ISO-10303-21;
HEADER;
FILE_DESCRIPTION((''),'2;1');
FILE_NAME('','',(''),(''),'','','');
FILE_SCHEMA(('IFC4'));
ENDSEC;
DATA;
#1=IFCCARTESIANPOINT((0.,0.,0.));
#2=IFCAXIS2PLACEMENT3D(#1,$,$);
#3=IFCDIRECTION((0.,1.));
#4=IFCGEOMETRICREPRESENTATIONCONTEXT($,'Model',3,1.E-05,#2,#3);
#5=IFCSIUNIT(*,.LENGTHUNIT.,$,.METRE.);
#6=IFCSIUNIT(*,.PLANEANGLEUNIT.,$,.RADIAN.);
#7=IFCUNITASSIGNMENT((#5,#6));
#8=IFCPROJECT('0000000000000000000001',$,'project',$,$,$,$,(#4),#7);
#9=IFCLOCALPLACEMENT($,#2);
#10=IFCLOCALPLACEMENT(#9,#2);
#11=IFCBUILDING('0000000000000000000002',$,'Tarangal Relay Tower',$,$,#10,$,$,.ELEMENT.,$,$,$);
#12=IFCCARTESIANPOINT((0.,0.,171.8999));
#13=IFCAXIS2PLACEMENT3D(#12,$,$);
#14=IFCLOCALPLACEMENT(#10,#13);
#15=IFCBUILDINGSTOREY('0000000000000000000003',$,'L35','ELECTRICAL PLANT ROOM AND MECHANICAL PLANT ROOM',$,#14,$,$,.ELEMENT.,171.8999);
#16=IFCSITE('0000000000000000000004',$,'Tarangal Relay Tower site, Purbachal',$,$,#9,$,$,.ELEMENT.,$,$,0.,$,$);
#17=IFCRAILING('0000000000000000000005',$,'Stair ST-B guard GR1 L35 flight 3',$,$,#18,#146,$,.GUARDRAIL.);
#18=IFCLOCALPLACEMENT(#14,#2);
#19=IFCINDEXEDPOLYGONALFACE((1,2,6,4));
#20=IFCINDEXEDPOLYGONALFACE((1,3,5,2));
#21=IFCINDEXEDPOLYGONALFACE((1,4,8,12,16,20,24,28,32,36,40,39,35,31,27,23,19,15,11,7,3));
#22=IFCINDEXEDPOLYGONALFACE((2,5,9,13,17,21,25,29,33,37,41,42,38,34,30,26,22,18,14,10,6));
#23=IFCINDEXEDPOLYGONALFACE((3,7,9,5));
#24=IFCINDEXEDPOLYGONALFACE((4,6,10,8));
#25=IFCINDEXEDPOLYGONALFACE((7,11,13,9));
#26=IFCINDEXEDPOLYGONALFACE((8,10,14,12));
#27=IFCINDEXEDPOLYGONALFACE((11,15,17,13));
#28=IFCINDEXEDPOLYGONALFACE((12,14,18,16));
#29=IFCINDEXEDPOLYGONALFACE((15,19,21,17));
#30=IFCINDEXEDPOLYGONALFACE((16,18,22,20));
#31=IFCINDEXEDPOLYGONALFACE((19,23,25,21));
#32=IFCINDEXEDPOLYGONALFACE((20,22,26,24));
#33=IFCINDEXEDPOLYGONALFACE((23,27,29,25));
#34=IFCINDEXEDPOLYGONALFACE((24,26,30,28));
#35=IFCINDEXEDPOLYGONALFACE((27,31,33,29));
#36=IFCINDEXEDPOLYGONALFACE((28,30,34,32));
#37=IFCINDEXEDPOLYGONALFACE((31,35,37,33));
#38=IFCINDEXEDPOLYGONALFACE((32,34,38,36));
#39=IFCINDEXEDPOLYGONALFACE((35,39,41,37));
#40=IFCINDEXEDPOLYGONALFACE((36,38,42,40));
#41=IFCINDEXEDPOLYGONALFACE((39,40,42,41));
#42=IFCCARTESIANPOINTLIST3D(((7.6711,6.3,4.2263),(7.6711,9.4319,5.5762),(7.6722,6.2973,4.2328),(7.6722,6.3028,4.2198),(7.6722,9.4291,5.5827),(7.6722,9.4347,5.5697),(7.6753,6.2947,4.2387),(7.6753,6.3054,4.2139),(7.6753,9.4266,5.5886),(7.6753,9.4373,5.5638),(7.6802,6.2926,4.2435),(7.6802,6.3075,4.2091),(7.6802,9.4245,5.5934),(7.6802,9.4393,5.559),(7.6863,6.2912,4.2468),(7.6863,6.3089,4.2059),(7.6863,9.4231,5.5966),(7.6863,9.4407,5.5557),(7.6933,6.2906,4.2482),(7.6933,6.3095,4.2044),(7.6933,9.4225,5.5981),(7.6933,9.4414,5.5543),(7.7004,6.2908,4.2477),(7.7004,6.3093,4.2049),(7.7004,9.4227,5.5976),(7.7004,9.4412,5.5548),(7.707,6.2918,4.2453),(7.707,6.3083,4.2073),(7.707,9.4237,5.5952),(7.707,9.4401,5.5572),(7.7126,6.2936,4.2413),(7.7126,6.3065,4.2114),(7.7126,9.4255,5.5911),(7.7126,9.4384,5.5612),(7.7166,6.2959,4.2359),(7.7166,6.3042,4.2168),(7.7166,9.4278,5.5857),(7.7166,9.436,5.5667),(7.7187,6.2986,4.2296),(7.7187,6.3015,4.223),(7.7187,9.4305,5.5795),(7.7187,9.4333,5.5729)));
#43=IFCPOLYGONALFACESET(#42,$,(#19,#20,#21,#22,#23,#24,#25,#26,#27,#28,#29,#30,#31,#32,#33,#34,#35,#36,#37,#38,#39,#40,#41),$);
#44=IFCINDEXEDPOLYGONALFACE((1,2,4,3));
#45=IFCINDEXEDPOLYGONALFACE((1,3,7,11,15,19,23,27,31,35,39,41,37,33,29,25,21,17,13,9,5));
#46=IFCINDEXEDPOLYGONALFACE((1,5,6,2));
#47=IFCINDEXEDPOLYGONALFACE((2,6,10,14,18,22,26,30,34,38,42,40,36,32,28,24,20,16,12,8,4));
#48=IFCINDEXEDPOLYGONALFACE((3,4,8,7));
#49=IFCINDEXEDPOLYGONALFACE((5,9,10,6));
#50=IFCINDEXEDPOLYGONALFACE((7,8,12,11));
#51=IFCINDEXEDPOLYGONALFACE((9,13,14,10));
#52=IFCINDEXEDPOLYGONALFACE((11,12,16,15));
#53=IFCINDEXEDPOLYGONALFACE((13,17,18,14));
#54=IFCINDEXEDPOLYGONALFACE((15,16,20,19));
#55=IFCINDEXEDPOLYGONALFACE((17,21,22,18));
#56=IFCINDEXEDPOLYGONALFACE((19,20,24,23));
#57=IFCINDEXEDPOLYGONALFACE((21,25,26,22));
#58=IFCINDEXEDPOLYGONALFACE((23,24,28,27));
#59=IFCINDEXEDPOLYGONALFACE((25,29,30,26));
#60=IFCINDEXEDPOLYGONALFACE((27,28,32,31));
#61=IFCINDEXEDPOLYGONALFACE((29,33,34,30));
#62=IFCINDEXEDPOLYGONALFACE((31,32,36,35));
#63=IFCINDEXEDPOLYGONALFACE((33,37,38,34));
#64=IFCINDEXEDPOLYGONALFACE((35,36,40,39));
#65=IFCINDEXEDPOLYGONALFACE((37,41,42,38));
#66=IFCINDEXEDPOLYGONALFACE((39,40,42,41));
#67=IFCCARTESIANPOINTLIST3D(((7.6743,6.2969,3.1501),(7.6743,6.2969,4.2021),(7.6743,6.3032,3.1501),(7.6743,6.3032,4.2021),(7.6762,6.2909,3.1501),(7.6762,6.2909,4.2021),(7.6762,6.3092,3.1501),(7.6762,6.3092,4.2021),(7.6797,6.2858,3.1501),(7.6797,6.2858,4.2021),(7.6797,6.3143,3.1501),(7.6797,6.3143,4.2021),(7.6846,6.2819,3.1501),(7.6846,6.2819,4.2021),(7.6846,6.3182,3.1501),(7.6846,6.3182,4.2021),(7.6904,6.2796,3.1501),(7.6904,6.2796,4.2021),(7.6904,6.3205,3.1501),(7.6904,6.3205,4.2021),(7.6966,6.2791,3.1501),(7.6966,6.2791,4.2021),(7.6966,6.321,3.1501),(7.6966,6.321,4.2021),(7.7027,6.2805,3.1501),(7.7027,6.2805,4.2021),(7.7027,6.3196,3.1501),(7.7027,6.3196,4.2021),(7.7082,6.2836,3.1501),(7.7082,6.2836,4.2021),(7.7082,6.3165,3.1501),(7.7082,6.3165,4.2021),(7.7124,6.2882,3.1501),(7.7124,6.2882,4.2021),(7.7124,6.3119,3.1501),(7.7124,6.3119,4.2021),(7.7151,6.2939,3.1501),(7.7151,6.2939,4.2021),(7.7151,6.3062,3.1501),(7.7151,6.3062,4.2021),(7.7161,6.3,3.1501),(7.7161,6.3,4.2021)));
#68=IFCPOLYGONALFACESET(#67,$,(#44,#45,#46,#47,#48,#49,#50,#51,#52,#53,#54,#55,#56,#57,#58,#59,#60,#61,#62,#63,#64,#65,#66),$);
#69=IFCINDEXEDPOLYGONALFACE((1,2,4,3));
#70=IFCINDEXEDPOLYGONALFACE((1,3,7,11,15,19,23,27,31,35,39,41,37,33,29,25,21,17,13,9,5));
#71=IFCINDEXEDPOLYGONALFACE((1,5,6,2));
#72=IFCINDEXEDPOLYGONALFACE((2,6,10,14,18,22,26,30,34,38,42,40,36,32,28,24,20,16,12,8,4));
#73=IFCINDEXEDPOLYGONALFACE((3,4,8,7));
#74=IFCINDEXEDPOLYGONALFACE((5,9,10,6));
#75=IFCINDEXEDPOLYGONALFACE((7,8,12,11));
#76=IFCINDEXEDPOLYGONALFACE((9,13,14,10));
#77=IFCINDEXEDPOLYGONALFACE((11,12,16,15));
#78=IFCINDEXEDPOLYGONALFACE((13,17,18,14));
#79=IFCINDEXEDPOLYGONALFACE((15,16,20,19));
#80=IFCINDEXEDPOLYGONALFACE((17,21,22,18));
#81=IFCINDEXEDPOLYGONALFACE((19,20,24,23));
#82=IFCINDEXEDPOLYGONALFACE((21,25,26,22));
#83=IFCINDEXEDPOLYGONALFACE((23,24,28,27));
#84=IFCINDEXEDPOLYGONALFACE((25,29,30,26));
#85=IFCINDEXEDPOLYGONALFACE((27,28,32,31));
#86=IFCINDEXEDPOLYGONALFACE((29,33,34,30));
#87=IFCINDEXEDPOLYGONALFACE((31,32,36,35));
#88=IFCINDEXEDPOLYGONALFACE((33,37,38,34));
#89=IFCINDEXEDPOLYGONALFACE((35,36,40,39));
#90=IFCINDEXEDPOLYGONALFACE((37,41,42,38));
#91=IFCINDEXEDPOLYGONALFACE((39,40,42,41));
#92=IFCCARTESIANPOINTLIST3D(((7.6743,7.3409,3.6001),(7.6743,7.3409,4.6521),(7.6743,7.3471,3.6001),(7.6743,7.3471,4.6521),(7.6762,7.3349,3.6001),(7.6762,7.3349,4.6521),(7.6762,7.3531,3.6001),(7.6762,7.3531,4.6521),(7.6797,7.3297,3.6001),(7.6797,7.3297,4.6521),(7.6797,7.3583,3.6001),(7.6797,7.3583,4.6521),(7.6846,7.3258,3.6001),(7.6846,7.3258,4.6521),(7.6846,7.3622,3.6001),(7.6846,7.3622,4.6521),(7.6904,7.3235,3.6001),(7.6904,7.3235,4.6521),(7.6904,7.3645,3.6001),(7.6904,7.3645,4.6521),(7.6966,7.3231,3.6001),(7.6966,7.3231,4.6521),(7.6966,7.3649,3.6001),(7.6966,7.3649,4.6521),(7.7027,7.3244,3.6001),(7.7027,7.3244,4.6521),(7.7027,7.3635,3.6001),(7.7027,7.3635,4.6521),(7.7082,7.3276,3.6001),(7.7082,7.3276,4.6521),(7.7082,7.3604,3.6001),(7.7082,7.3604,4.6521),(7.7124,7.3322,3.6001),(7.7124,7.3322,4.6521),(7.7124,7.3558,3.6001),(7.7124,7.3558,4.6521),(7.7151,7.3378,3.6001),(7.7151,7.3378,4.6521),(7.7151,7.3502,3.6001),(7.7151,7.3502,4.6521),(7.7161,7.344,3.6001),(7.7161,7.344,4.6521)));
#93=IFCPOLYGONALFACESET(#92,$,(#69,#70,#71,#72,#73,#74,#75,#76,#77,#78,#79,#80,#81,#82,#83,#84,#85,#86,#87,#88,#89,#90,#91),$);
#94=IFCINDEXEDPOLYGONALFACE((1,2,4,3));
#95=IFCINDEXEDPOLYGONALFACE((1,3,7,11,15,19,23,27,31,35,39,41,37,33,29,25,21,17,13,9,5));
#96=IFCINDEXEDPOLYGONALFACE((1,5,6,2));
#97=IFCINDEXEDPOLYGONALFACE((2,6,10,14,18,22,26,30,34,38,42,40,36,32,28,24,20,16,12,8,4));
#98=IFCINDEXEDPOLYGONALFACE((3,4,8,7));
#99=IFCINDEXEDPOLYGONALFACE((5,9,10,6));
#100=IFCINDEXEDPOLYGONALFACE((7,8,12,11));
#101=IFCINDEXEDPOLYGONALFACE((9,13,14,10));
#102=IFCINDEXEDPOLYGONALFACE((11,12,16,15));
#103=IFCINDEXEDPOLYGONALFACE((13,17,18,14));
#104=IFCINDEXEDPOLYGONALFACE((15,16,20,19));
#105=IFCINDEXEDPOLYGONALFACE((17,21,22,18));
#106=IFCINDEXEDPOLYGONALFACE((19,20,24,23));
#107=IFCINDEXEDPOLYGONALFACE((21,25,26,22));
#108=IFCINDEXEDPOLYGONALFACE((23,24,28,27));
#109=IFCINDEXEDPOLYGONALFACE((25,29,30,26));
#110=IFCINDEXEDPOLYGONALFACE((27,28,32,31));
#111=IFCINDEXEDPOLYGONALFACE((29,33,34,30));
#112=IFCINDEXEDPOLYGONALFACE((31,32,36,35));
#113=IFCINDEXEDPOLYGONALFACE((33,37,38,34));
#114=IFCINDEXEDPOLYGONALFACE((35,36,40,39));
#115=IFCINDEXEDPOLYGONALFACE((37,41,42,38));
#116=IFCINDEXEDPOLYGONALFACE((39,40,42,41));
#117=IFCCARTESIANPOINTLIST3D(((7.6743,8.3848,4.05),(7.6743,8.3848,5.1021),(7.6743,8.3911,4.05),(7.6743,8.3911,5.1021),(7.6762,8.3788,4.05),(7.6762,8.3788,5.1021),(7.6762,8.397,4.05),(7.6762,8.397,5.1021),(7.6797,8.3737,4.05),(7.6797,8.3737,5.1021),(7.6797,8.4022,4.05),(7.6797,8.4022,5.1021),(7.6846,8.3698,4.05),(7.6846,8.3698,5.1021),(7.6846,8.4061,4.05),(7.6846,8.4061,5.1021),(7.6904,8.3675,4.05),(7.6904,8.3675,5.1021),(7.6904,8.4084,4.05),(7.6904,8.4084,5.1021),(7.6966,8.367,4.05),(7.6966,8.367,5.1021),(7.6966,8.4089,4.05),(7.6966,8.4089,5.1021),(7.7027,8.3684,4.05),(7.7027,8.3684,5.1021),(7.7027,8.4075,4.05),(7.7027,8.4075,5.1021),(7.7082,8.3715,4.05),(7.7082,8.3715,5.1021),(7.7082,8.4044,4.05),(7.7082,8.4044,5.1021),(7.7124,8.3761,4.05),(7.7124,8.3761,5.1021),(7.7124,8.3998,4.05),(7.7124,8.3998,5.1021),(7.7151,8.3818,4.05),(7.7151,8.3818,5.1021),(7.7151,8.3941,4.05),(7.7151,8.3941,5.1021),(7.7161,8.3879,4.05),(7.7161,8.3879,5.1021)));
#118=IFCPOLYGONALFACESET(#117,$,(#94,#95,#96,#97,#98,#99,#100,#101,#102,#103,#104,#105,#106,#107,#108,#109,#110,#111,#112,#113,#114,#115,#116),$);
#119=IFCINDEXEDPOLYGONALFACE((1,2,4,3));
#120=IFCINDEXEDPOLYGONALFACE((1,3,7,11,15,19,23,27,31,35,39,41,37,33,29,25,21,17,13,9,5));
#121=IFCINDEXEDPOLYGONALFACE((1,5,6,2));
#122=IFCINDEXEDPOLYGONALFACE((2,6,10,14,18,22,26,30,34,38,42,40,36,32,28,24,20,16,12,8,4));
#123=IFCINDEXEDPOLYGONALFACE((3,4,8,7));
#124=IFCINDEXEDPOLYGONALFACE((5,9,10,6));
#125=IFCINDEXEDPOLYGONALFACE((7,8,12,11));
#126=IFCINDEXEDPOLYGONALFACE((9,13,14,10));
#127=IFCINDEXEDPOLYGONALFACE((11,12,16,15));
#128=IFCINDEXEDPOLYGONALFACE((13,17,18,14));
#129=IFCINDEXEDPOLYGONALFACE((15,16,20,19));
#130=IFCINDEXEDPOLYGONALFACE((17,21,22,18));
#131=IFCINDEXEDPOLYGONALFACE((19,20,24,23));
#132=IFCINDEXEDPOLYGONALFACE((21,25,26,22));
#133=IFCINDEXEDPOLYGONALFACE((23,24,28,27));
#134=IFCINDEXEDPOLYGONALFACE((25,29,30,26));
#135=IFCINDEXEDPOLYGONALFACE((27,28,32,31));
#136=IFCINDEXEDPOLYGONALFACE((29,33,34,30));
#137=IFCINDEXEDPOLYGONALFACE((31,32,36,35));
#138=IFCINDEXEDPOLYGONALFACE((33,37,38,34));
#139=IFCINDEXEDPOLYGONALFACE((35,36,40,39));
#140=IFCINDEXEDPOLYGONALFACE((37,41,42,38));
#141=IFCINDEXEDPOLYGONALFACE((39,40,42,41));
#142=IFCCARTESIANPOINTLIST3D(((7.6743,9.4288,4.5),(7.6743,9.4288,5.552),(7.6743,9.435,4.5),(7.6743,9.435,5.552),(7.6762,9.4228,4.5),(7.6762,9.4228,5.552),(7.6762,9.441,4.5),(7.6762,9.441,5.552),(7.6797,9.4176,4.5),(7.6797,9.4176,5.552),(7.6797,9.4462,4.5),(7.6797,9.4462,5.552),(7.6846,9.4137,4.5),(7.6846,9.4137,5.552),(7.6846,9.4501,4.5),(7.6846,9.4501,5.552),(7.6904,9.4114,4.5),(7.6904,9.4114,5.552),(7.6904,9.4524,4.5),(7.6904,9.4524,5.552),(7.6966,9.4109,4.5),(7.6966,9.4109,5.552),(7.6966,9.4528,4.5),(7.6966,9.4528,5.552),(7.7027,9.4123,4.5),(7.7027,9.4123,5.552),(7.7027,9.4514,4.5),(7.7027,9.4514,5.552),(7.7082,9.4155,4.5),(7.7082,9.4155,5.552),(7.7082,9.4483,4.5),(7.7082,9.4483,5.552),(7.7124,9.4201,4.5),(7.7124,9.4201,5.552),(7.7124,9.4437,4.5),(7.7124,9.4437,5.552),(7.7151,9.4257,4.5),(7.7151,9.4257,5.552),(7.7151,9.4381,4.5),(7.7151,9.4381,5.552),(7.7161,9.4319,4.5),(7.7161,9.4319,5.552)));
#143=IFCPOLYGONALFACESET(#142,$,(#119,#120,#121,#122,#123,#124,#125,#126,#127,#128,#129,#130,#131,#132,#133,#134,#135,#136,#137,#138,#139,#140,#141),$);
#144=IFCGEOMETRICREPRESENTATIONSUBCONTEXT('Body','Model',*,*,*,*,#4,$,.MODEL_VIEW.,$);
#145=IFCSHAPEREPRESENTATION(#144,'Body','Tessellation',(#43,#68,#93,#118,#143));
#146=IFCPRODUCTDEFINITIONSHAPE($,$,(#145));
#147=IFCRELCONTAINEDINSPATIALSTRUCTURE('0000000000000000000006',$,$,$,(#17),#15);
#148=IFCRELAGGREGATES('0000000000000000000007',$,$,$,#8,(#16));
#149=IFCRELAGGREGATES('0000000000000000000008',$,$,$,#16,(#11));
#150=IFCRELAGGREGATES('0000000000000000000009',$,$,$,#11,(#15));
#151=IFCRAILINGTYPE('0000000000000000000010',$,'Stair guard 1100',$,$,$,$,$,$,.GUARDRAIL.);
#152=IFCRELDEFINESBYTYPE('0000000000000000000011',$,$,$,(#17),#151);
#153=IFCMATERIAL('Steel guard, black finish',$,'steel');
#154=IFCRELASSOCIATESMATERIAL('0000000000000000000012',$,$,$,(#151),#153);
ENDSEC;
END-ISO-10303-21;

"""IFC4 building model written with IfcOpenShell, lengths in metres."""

from ifc_helpers import new_model, si_unit, direction, frame, origin, origin_2d, place, context, subcontext, project, spatial, circle, extrude, material, type_object, element, save


model = new_model("IFC4")

# Units and contexts
model_context = context("Model", 3, precision=1e-05, world=origin(), true_north=direction((0.0, 1.0)))
body_context = subcontext(model_context, "Body", "Model", "MODEL_VIEW")
ifc_project = project(units=[si_unit("LENGTHUNIT", "METRE"), si_unit("PLANEANGLEUNIT", "RADIAN")], contexts=[model_context])

# Site, building, storey
site_placement = place(None, origin())
site = spatial("IfcSite", under=ifc_project, at=site_placement, Name="Tarangal Relay Tower site, Purbachal", CompositionType="ELEMENT", RefElevation=0.0)
building_placement = place(site_placement, origin())
building = spatial("IfcBuilding", under=site, at=building_placement, Name="Tarangal Relay Tower", CompositionType="ELEMENT")
storey_placement = place(building_placement, frame((0.0, 0.0, 171.8999)))
storey = spatial("IfcBuildingStorey", under=building, at=storey_placement, Name="L35", Description="ELECTRICAL PLANT ROOM AND MECHANICAL PLANT ROOM", CompositionType="ELEMENT", Elevation=171.8999)

# Railing
ifc_material_1 = material(Name="Steel guard, black finish", Category="steel")
railing_type_1 = type_object("IfcRailingType", Name="Stair guard 1100", PredefinedType="GUARDRAIL", material=ifc_material_1)
railing_1_placement = place(storey_placement, frame((7.6951, 6.3, 3.1501)))
element("IfcRailing", 1, at=railing_1_placement, inside=storey, type_object=railing_type_1, Name="Stair ST-B guard GR1 L35 flight 3", PredefinedType="GUARDRAIL", context=body_context, shape_type="SweptSolid", body=[
    extrude(circle(Radius=0.0239, at=origin_2d()), frame((0.0, 0.0, 1.0762), z_axis=(0.0, 0.918332, 0.395811), x_axis=(-1.0, 0.0, 0.0)), (0.0, 0.0, 1.0), 3.4104),
    extrude(circle(Radius=0.021, at=origin_2d()), origin(), (0.0, 0.0, 1.0), 1.052),
    extrude(circle(Radius=0.021, at=origin_2d()), frame((0.0, 1.0439, 0.45)), (0.0, 0.0, 1.0), 1.052),
    extrude(circle(Radius=0.021, at=origin_2d()), frame((0.0, 2.0879, 0.8999)), (0.0, 0.0, 1.0), 1.052),
    extrude(circle(Radius=0.021, at=origin_2d()), frame((0.0, 3.1318, 1.3499)), (0.0, 0.0, 1.0), 1.052),
])

save(model, "model.ifc")
